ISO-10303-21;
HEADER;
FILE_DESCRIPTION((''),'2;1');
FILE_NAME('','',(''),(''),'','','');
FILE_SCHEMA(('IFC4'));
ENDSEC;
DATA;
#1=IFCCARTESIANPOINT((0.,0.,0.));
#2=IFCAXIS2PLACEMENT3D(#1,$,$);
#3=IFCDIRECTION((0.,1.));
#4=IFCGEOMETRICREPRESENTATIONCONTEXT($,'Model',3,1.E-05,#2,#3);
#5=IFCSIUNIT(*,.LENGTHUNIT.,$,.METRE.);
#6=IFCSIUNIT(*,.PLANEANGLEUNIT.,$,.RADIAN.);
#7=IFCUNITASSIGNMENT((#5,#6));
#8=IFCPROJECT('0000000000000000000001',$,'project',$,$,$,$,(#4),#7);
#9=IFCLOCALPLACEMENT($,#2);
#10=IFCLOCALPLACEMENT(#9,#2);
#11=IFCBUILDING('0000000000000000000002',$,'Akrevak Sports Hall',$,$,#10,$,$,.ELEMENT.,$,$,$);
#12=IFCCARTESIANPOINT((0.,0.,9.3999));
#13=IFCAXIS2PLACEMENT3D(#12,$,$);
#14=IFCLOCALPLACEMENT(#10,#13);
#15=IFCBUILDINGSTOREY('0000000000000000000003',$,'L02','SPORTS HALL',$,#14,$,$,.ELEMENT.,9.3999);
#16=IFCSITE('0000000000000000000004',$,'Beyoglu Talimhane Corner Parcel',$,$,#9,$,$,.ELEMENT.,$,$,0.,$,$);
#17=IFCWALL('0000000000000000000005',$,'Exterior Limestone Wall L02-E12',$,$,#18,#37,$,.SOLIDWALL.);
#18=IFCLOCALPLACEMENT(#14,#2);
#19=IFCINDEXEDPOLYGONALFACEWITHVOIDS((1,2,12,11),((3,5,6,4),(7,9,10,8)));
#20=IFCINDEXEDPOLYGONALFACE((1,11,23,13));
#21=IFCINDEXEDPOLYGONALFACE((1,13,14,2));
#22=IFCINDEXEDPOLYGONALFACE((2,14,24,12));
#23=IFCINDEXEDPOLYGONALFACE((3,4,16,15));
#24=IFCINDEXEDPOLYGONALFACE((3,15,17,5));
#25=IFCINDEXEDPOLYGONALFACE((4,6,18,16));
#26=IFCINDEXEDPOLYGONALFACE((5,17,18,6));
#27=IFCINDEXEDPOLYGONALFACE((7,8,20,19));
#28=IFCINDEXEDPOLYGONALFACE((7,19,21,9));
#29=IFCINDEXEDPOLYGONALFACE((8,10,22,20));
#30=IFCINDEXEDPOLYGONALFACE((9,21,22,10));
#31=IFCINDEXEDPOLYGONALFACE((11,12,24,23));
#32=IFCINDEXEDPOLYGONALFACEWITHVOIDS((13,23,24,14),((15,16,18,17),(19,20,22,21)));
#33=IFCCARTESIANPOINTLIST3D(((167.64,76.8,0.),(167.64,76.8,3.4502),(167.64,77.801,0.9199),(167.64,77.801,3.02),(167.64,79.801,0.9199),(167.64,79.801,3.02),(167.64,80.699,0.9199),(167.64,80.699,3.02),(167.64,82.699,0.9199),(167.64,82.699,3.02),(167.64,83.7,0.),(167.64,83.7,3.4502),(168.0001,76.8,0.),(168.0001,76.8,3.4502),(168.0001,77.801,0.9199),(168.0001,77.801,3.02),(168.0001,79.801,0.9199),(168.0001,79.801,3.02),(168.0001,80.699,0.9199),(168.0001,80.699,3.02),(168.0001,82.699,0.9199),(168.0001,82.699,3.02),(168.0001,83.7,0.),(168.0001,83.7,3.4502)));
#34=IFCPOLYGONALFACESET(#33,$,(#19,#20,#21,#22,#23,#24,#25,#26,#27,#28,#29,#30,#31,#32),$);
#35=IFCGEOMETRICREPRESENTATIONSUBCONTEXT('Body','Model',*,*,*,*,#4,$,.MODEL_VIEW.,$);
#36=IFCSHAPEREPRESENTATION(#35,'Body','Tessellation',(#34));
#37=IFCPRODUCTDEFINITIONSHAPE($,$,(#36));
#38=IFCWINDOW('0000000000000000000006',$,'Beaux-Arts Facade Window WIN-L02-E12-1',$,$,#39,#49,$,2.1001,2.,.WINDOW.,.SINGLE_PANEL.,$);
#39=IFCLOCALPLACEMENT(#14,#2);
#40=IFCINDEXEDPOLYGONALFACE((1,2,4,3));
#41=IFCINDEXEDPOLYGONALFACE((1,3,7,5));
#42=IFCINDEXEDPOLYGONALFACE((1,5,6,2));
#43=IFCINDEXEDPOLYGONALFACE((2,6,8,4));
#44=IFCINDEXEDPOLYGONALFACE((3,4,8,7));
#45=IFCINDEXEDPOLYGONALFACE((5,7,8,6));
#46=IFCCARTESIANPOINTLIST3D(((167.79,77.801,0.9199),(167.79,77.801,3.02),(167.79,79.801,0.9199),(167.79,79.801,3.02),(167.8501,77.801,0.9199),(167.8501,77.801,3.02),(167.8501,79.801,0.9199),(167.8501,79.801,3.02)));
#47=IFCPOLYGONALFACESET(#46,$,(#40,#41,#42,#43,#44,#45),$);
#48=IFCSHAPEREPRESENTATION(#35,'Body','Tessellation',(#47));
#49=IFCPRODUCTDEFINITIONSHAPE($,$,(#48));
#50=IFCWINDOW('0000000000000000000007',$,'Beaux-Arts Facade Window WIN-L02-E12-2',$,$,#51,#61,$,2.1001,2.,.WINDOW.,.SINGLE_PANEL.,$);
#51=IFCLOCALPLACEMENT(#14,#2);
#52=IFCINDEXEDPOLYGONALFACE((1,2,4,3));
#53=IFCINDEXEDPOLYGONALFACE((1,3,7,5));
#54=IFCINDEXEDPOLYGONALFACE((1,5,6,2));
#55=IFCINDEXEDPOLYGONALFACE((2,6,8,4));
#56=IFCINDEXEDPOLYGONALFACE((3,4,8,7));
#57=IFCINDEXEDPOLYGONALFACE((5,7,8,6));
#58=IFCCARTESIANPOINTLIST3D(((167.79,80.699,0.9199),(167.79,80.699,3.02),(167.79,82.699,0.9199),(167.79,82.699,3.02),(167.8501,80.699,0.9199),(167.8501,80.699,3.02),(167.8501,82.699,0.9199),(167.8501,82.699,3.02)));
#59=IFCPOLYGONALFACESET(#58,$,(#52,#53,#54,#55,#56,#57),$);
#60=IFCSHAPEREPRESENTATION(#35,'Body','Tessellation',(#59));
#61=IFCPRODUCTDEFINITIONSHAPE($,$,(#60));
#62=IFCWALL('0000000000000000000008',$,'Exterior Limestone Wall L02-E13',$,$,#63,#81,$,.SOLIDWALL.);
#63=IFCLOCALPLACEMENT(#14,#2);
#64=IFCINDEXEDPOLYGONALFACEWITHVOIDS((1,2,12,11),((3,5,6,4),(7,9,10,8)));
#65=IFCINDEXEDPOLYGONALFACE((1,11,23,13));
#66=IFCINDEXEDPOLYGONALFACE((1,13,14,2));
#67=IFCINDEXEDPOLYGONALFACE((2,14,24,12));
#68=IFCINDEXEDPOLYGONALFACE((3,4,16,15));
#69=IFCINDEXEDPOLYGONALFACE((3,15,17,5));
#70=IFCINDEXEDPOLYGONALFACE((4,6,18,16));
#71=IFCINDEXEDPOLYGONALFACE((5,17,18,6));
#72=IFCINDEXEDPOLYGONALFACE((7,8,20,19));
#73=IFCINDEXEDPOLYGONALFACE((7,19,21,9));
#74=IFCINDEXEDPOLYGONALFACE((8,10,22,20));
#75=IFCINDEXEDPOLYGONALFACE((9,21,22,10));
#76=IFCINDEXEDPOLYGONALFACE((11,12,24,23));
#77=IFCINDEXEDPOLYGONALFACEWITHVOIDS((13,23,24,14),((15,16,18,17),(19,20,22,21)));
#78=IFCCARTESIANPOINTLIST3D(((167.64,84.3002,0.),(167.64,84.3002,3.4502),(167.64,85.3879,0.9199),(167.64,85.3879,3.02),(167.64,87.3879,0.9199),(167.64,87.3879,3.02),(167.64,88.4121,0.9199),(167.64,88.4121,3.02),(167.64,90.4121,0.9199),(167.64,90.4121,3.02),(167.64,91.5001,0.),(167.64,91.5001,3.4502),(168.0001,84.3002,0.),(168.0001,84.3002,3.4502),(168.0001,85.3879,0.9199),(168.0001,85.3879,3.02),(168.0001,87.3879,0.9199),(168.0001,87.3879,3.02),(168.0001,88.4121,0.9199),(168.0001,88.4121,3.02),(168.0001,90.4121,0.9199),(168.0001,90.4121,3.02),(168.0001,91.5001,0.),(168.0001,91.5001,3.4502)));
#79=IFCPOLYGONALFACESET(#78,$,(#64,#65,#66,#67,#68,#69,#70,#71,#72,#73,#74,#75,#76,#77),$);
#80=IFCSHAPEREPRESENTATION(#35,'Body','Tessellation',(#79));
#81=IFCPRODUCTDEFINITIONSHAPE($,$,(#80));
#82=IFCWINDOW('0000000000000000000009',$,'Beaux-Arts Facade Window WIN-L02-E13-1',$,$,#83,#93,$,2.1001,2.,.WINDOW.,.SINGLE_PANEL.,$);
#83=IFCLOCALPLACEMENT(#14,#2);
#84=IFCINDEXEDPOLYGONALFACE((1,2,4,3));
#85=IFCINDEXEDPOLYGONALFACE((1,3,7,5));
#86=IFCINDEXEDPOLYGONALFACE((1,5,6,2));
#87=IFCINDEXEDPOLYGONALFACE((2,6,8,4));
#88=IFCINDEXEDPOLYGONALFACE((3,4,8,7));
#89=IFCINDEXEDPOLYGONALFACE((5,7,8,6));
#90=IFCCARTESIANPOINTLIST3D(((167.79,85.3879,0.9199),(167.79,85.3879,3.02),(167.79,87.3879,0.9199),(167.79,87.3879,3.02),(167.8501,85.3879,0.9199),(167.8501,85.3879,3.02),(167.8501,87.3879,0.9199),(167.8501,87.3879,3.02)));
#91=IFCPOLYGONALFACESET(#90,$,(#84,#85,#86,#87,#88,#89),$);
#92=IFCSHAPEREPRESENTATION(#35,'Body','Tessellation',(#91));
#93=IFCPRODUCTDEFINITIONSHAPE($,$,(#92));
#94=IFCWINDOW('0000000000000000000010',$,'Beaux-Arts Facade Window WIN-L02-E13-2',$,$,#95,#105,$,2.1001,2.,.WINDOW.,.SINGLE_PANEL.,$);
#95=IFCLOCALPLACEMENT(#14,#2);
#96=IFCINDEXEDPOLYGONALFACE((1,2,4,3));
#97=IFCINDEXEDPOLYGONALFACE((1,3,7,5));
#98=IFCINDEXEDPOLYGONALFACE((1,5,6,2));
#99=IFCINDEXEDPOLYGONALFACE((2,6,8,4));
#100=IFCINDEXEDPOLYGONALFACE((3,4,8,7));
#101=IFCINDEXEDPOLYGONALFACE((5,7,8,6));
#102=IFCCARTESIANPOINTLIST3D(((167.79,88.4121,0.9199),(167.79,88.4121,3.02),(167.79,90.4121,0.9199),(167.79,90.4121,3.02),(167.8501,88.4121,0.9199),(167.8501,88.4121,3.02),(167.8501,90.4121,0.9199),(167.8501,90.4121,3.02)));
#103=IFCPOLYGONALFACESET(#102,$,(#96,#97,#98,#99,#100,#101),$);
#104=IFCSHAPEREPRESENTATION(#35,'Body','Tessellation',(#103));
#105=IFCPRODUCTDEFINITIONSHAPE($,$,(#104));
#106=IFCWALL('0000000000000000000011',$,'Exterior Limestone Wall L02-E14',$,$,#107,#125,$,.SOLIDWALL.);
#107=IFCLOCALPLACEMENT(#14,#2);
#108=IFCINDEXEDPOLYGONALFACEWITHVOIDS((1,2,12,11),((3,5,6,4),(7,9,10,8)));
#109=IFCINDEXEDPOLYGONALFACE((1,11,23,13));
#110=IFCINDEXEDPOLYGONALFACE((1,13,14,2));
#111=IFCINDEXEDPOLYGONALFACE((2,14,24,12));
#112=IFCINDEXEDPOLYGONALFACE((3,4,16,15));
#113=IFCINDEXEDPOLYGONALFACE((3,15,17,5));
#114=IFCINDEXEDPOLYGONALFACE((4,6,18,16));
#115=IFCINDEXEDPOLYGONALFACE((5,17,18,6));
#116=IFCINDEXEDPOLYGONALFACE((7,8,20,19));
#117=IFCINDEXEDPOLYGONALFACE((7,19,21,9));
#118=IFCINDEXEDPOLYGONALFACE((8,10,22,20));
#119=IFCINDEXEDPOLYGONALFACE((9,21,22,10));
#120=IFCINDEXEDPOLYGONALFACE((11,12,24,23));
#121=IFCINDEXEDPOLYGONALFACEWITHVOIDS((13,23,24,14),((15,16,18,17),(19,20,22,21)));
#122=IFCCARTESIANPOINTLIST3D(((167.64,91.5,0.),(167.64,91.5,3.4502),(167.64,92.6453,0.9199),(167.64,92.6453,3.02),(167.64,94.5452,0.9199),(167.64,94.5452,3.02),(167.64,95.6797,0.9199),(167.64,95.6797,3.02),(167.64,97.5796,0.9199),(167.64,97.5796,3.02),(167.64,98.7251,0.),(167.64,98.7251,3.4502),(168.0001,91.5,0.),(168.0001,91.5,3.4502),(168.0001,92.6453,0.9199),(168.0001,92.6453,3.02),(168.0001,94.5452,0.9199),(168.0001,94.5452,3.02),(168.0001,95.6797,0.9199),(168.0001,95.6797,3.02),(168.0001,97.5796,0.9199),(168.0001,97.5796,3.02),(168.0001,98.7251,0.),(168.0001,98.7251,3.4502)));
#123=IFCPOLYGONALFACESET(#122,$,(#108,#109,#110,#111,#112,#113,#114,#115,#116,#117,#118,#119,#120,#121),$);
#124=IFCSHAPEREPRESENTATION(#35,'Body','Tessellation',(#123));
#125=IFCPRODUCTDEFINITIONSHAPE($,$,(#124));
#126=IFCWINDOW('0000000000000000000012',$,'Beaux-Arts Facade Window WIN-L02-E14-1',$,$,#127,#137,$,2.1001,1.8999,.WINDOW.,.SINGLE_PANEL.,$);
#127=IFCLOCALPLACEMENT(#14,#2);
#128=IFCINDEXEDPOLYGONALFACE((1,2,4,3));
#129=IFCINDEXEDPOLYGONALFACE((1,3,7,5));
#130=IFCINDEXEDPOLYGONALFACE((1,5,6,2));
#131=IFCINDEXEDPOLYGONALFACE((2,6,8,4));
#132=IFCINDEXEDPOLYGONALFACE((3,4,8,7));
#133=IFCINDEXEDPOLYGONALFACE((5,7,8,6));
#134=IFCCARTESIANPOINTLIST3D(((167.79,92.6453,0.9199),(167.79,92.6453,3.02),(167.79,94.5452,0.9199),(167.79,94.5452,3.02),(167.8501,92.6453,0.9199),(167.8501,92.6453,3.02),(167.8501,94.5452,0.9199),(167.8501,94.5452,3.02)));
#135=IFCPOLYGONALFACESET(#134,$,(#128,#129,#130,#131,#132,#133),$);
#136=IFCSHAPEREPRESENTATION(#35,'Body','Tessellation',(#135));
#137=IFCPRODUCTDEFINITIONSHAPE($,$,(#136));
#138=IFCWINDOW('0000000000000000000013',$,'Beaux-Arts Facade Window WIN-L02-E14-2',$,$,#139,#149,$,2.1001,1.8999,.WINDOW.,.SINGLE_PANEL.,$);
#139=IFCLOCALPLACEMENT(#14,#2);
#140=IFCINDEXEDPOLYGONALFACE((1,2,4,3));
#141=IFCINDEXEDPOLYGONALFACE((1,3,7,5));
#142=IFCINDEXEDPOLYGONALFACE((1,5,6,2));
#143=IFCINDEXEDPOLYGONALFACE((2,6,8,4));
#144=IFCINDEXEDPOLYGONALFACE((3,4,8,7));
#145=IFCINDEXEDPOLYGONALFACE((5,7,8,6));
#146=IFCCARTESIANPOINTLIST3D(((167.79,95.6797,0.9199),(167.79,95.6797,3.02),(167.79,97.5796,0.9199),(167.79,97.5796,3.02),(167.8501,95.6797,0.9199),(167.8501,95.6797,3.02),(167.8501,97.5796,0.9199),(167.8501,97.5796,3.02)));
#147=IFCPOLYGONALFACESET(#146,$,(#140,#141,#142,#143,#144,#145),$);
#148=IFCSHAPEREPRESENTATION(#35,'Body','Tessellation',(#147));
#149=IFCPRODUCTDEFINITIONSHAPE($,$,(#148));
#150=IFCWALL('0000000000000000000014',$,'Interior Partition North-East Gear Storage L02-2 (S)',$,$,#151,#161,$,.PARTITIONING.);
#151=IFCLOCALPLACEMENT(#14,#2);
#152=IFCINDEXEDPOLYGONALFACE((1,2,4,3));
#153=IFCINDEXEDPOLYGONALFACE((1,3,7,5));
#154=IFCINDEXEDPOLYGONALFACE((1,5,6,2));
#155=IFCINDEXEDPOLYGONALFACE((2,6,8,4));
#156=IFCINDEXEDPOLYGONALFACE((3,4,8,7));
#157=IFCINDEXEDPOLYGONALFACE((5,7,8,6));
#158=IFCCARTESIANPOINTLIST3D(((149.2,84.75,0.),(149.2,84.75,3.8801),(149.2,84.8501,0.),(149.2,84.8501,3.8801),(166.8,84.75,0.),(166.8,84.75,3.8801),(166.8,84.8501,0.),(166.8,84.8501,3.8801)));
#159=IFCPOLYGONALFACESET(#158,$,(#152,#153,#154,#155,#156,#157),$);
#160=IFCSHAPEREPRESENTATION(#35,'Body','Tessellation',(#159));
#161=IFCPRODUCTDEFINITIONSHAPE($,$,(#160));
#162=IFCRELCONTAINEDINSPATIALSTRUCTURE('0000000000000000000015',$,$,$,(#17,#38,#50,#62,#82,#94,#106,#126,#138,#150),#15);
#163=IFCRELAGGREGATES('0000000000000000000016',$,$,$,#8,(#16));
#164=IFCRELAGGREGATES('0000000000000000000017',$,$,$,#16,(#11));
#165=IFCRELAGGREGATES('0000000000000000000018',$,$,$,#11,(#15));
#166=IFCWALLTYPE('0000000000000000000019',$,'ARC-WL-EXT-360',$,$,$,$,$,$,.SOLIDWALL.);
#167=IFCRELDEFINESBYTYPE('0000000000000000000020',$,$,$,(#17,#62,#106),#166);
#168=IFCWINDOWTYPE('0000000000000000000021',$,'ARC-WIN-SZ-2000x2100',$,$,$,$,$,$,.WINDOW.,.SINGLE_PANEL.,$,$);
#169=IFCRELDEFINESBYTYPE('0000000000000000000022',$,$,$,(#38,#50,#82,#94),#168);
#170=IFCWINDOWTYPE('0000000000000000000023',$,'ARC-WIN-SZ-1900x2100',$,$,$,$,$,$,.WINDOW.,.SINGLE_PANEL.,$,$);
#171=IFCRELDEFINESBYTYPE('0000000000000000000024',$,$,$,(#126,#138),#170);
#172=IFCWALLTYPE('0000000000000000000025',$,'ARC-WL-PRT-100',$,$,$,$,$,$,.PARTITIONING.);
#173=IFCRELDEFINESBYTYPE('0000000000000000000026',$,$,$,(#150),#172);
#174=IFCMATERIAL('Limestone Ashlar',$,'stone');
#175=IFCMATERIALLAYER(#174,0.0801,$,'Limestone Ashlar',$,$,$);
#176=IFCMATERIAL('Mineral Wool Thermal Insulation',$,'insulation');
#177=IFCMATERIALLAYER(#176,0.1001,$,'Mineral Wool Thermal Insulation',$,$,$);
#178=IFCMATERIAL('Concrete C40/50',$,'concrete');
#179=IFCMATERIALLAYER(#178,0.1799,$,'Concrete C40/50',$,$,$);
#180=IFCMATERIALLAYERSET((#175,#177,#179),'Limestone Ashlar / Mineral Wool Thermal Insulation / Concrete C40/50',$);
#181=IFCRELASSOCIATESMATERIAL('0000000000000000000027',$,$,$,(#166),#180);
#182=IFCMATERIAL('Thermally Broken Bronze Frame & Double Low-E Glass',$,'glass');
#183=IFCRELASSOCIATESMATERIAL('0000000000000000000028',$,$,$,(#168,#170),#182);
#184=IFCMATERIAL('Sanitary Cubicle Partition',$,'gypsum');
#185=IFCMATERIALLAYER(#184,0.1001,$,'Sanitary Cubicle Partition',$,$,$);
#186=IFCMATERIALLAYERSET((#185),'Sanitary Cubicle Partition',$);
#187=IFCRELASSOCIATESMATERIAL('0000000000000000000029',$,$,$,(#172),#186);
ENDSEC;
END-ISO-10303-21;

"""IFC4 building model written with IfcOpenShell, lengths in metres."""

from ifc_helpers import new_model, si_unit, direction, frame, frame_2d, origin, place, context, subcontext, project, spatial, rectangle, extrude, material, layer, layer_set, type_object, element, fill, save


model = new_model("IFC4")

# Units and contexts
model_context = context("Model", 3, precision=1e-05, world=origin(), true_north=direction((0.0, 1.0)))
body_context = subcontext(model_context, "Body", "Model", "MODEL_VIEW")
ifc_project = project(units=[si_unit("LENGTHUNIT", "METRE"), si_unit("PLANEANGLEUNIT", "RADIAN")], contexts=[model_context])

# Site, building, storey
site_placement = place(None, origin())
site = spatial("IfcSite", under=ifc_project, at=site_placement, Name="Beyoglu Talimhane Corner Parcel", CompositionType="ELEMENT", RefElevation=0.0)
building_placement = place(site_placement, origin())
building = spatial("IfcBuilding", under=site, at=building_placement, Name="Akrevak Sports Hall", CompositionType="ELEMENT")
storey_placement = place(building_placement, frame((0.0, 0.0, 9.3999)))
storey = spatial("IfcBuildingStorey", under=building, at=storey_placement, Name="L02", Description="SPORTS HALL", CompositionType="ELEMENT", Elevation=9.3999)

# Shared definitions
ifc_material_1 = material(Name="Concrete C40/50", Category="concrete")

# Walls, openings, windows
ifc_material_2 = material(Name="Limestone Ashlar", Category="stone")
ifc_layer_1 = layer(ifc_material_2, 0.0801, Name="Limestone Ashlar")
ifc_material_3 = material(Name="Mineral Wool Thermal Insulation", Category="insulation")
ifc_layer_2 = layer(ifc_material_3, 0.1001, Name="Mineral Wool Thermal Insulation")
ifc_layer_3 = layer(ifc_material_1, 0.1799, Name="Concrete C40/50")
ifc_layer_set_1 = layer_set([ifc_layer_1, ifc_layer_2, ifc_layer_3], Name="Limestone Ashlar / Mineral Wool Thermal Insulation / Concrete C40/50")
wall_type_1 = type_object("IfcWallType", Name="ARC-WL-EXT-360", PredefinedType="SOLIDWALL", material=ifc_layer_set_1)
wall_1_placement = place(storey_placement, frame((167.8201, 76.8, 0.0), z_axis=(0.0, 0.0, 1.0), x_axis=(0.0, 1.0, 0.0)))
wall_1 = element("IfcWall", 1, at=wall_1_placement, inside=storey, type_object=wall_type_1, Name="Exterior Limestone Wall L02-E12", PredefinedType="SOLIDWALL", context=body_context, shape_type="SweptSolid", body=[
    extrude(rectangle(XDim=6.8999, YDim=0.3601, at=frame_2d((3.45, 0.0))), origin(), (0.0, 0.0, 1.0), 3.4502),
])
opening_1_placement = place(wall_1_placement, frame((1.001, 0.0, 0.9199)))
opening_1 = element("IfcOpeningElement", 2, at=opening_1_placement, cuts=wall_1, PredefinedType="OPENING", context=body_context, shape_type="SweptSolid", body=[
    extrude(rectangle(XDim=2.0, YDim=2.1001, at=frame_2d((1.0, 1.05))), frame((0.0, 0.1919, 0.0), z_axis=(0.0, -1.0, 0.0), x_axis=(1.0, 0.0, 0.0)), (0.0, 0.0, 1.0), 0.384),
])
opening_2_placement = place(wall_1_placement, frame((3.8989, 0.0, 0.9199)))
opening_2 = element("IfcOpeningElement", 3, at=opening_2_placement, cuts=wall_1, PredefinedType="OPENING", context=body_context, shape_type="SweptSolid", body=[
    extrude(rectangle(XDim=2.0, YDim=2.1001, at=frame_2d((1.0, 1.05))), frame((0.0, 0.1919, 0.0), z_axis=(0.0, -1.0, 0.0), x_axis=(1.0, 0.0, 0.0)), (0.0, 0.0, 1.0), 0.384),
])
ifc_material_4 = material(Name="Thermally Broken Bronze Frame & Double Low-E Glass", Category="glass")
window_type_1 = type_object("IfcWindowType", Name="ARC-WIN-SZ-2000x2100", PartitioningType="SINGLE_PANEL", PredefinedType="WINDOW", material=ifc_material_4)
window_1_placement = place(opening_1_placement, origin())
window_1 = element("IfcWindow", 4, at=window_1_placement, inside=storey, type_object=window_type_1, Name="Beaux-Arts Facade Window WIN-L02-E12-1", OverallHeight=2.1001, OverallWidth=2.0, PartitioningType="SINGLE_PANEL", PredefinedType="WINDOW", context=body_context, shape_type="SweptSolid", body=[
    extrude(rectangle(XDim=2.0, YDim=2.1001, at=frame_2d((1.0, 1.05))), frame((0.0, 0.03, 0.0), z_axis=(0.0, -1.0, 0.0), x_axis=(1.0, 0.0, 0.0)), (0.0, 0.0, 1.0), 0.0601),
])
fill(opening_1, window_1)
window_2_placement = place(opening_2_placement, origin())
window_2 = element("IfcWindow", 5, at=window_2_placement, inside=storey, type_object=window_type_1, Name="Beaux-Arts Facade Window WIN-L02-E12-2", OverallHeight=2.1001, OverallWidth=2.0, PartitioningType="SINGLE_PANEL", PredefinedType="WINDOW", context=body_context, shape_type="SweptSolid", body=[
    extrude(rectangle(XDim=2.0, YDim=2.1001, at=frame_2d((1.0, 1.05))), frame((0.0, 0.03, 0.0), z_axis=(0.0, -1.0, 0.0), x_axis=(1.0, 0.0, 0.0)), (0.0, 0.0, 1.0), 0.0601),
])
fill(opening_2, window_2)
wall_2_placement = place(storey_placement, frame((167.8201, 84.3, 0.0), z_axis=(0.0, 0.0, 1.0), x_axis=(0.0, 1.0, 0.0)))
wall_2 = element("IfcWall", 6, at=wall_2_placement, inside=storey, type_object=wall_type_1, Name="Exterior Limestone Wall L02-E13", PredefinedType="SOLIDWALL", context=body_context, shape_type="SweptSolid", body=[
    extrude(rectangle(XDim=7.2, YDim=0.3601, at=frame_2d((3.6001, 0.0))), origin(), (0.0, 0.0, 1.0), 3.4502),
])
opening_3_placement = place(wall_2_placement, frame((1.0879, 0.0, 0.9199)))
opening_3 = element("IfcOpeningElement", 7, at=opening_3_placement, cuts=wall_2, PredefinedType="OPENING", context=body_context, shape_type="SweptSolid", body=[
    extrude(rectangle(XDim=2.0, YDim=2.1001, at=frame_2d((1.0, 1.05))), frame((0.0, 0.1919, 0.0), z_axis=(0.0, -1.0, 0.0), x_axis=(1.0, 0.0, 0.0)), (0.0, 0.0, 1.0), 0.384),
])
opening_4_placement = place(wall_2_placement, frame((4.1121, 0.0, 0.9199)))
opening_4 = element("IfcOpeningElement", 8, at=opening_4_placement, cuts=wall_2, PredefinedType="OPENING", context=body_context, shape_type="SweptSolid", body=[
    extrude(rectangle(XDim=2.0, YDim=2.1001, at=frame_2d((1.0, 1.05))), frame((0.0, 0.1919, 0.0), z_axis=(0.0, -1.0, 0.0), x_axis=(1.0, 0.0, 0.0)), (0.0, 0.0, 1.0), 0.384),
])
window_3_placement = place(opening_3_placement, origin())
window_3 = element("IfcWindow", 9, at=window_3_placement, inside=storey, type_object=window_type_1, Name="Beaux-Arts Facade Window WIN-L02-E13-1", OverallHeight=2.1001, OverallWidth=2.0, PartitioningType="SINGLE_PANEL", PredefinedType="WINDOW", context=body_context, shape_type="SweptSolid", body=[
    extrude(rectangle(XDim=2.0, YDim=2.1001, at=frame_2d((1.0, 1.05))), frame((0.0, 0.03, 0.0), z_axis=(0.0, -1.0, 0.0), x_axis=(1.0, 0.0, 0.0)), (0.0, 0.0, 1.0), 0.0601),
])
fill(opening_3, window_3)
window_4_placement = place(opening_4_placement, origin())
window_4 = element("IfcWindow", 10, at=window_4_placement, inside=storey, type_object=window_type_1, Name="Beaux-Arts Facade Window WIN-L02-E13-2", OverallHeight=2.1001, OverallWidth=2.0, PartitioningType="SINGLE_PANEL", PredefinedType="WINDOW", context=body_context, shape_type="SweptSolid", body=[
    extrude(rectangle(XDim=2.0, YDim=2.1001, at=frame_2d((1.0, 1.05))), frame((0.0, 0.03, 0.0), z_axis=(0.0, -1.0, 0.0), x_axis=(1.0, 0.0, 0.0)), (0.0, 0.0, 1.0), 0.0601),
])
fill(opening_4, window_4)
wall_3_placement = place(storey_placement, frame((167.8201, 91.5, 0.0), z_axis=(0.0, 0.0, 1.0), x_axis=(0.0, 1.0, 0.0)))
wall_3 = element("IfcWall", 11, at=wall_3_placement, inside=storey, type_object=wall_type_1, Name="Exterior Limestone Wall L02-E14", PredefinedType="SOLIDWALL", context=body_context, shape_type="SweptSolid", body=[
    extrude(rectangle(XDim=7.2251, YDim=0.3601, at=frame_2d((3.6125, 0.0))), origin(), (0.0, 0.0, 1.0), 3.4502),
])
opening_5_placement = place(wall_3_placement, frame((1.1453, 0.0, 0.9199)))
opening_5 = element("IfcOpeningElement", 12, at=opening_5_placement, cuts=wall_3, PredefinedType="OPENING", context=body_context, shape_type="SweptSolid", body=[
    extrude(rectangle(XDim=1.8999, YDim=2.1001, at=frame_2d((0.95, 1.05))), frame((0.0, 0.1919, 0.0), z_axis=(0.0, -1.0, 0.0), x_axis=(1.0, 0.0, 0.0)), (0.0, 0.0, 1.0), 0.384),
])
opening_6_placement = place(wall_3_placement, frame((4.1797, 0.0, 0.9199)))
opening_6 = element("IfcOpeningElement", 13, at=opening_6_placement, cuts=wall_3, PredefinedType="OPENING", context=body_context, shape_type="SweptSolid", body=[
    extrude(rectangle(XDim=1.8999, YDim=2.1001, at=frame_2d((0.95, 1.05))), frame((0.0, 0.1919, 0.0), z_axis=(0.0, -1.0, 0.0), x_axis=(1.0, 0.0, 0.0)), (0.0, 0.0, 1.0), 0.384),
])
window_type_2 = type_object("IfcWindowType", Name="ARC-WIN-SZ-1900x2100", PartitioningType="SINGLE_PANEL", PredefinedType="WINDOW", material=ifc_material_4)
window_5_placement = place(opening_5_placement, origin())
window_5 = element("IfcWindow", 14, at=window_5_placement, inside=storey, type_object=window_type_2, Name="Beaux-Arts Facade Window WIN-L02-E14-1", OverallHeight=2.1001, OverallWidth=1.8999, PartitioningType="SINGLE_PANEL", PredefinedType="WINDOW", context=body_context, shape_type="SweptSolid", body=[
    extrude(rectangle(XDim=1.8999, YDim=2.1001, at=frame_2d((0.95, 1.05))), frame((0.0, 0.03, 0.0), z_axis=(0.0, -1.0, 0.0), x_axis=(1.0, 0.0, 0.0)), (0.0, 0.0, 1.0), 0.0601),
])
fill(opening_5, window_5)
window_6_placement = place(opening_6_placement, origin())
window_6 = element("IfcWindow", 15, at=window_6_placement, inside=storey, type_object=window_type_2, Name="Beaux-Arts Facade Window WIN-L02-E14-2", OverallHeight=2.1001, OverallWidth=1.8999, PartitioningType="SINGLE_PANEL", PredefinedType="WINDOW", context=body_context, shape_type="SweptSolid", body=[
    extrude(rectangle(XDim=1.8999, YDim=2.1001, at=frame_2d((0.95, 1.05))), frame((0.0, 0.03, 0.0), z_axis=(0.0, -1.0, 0.0), x_axis=(1.0, 0.0, 0.0)), (0.0, 0.0, 1.0), 0.0601),
])
fill(opening_6, window_6)

# Wall
ifc_material_5 = material(Name="Sanitary Cubicle Partition", Category="gypsum")
ifc_layer_4 = layer(ifc_material_5, 0.1001, Name="Sanitary Cubicle Partition")
ifc_layer_set_2 = layer_set([ifc_layer_4], Name="Sanitary Cubicle Partition")
wall_type_2 = type_object("IfcWallType", Name="ARC-WL-PRT-100", PredefinedType="PARTITIONING", material=ifc_layer_set_2)
for number, where, z_axis, x_axis, name in (
    (16, (149.2, 84.8, 0.0), (0.0, 0.0, 1.0), (1.0, 0.0, 0.0), "Interior Partition North-East Gear Storage L02-2 (S)"),
):
    element("IfcWall", number, at=place(storey_placement, frame(where, z_axis=z_axis, x_axis=x_axis)), inside=storey, type_object=wall_type_2, Name=name, PredefinedType="PARTITIONING", context=body_context, shape_type="SweptSolid", body=[
        extrude(rectangle(XDim=17.6001, YDim=0.1001, at=frame_2d((8.8, 0.0))), origin(), (0.0, 0.0, 1.0), 3.8801),
    ])

save(model, "model.ifc")
